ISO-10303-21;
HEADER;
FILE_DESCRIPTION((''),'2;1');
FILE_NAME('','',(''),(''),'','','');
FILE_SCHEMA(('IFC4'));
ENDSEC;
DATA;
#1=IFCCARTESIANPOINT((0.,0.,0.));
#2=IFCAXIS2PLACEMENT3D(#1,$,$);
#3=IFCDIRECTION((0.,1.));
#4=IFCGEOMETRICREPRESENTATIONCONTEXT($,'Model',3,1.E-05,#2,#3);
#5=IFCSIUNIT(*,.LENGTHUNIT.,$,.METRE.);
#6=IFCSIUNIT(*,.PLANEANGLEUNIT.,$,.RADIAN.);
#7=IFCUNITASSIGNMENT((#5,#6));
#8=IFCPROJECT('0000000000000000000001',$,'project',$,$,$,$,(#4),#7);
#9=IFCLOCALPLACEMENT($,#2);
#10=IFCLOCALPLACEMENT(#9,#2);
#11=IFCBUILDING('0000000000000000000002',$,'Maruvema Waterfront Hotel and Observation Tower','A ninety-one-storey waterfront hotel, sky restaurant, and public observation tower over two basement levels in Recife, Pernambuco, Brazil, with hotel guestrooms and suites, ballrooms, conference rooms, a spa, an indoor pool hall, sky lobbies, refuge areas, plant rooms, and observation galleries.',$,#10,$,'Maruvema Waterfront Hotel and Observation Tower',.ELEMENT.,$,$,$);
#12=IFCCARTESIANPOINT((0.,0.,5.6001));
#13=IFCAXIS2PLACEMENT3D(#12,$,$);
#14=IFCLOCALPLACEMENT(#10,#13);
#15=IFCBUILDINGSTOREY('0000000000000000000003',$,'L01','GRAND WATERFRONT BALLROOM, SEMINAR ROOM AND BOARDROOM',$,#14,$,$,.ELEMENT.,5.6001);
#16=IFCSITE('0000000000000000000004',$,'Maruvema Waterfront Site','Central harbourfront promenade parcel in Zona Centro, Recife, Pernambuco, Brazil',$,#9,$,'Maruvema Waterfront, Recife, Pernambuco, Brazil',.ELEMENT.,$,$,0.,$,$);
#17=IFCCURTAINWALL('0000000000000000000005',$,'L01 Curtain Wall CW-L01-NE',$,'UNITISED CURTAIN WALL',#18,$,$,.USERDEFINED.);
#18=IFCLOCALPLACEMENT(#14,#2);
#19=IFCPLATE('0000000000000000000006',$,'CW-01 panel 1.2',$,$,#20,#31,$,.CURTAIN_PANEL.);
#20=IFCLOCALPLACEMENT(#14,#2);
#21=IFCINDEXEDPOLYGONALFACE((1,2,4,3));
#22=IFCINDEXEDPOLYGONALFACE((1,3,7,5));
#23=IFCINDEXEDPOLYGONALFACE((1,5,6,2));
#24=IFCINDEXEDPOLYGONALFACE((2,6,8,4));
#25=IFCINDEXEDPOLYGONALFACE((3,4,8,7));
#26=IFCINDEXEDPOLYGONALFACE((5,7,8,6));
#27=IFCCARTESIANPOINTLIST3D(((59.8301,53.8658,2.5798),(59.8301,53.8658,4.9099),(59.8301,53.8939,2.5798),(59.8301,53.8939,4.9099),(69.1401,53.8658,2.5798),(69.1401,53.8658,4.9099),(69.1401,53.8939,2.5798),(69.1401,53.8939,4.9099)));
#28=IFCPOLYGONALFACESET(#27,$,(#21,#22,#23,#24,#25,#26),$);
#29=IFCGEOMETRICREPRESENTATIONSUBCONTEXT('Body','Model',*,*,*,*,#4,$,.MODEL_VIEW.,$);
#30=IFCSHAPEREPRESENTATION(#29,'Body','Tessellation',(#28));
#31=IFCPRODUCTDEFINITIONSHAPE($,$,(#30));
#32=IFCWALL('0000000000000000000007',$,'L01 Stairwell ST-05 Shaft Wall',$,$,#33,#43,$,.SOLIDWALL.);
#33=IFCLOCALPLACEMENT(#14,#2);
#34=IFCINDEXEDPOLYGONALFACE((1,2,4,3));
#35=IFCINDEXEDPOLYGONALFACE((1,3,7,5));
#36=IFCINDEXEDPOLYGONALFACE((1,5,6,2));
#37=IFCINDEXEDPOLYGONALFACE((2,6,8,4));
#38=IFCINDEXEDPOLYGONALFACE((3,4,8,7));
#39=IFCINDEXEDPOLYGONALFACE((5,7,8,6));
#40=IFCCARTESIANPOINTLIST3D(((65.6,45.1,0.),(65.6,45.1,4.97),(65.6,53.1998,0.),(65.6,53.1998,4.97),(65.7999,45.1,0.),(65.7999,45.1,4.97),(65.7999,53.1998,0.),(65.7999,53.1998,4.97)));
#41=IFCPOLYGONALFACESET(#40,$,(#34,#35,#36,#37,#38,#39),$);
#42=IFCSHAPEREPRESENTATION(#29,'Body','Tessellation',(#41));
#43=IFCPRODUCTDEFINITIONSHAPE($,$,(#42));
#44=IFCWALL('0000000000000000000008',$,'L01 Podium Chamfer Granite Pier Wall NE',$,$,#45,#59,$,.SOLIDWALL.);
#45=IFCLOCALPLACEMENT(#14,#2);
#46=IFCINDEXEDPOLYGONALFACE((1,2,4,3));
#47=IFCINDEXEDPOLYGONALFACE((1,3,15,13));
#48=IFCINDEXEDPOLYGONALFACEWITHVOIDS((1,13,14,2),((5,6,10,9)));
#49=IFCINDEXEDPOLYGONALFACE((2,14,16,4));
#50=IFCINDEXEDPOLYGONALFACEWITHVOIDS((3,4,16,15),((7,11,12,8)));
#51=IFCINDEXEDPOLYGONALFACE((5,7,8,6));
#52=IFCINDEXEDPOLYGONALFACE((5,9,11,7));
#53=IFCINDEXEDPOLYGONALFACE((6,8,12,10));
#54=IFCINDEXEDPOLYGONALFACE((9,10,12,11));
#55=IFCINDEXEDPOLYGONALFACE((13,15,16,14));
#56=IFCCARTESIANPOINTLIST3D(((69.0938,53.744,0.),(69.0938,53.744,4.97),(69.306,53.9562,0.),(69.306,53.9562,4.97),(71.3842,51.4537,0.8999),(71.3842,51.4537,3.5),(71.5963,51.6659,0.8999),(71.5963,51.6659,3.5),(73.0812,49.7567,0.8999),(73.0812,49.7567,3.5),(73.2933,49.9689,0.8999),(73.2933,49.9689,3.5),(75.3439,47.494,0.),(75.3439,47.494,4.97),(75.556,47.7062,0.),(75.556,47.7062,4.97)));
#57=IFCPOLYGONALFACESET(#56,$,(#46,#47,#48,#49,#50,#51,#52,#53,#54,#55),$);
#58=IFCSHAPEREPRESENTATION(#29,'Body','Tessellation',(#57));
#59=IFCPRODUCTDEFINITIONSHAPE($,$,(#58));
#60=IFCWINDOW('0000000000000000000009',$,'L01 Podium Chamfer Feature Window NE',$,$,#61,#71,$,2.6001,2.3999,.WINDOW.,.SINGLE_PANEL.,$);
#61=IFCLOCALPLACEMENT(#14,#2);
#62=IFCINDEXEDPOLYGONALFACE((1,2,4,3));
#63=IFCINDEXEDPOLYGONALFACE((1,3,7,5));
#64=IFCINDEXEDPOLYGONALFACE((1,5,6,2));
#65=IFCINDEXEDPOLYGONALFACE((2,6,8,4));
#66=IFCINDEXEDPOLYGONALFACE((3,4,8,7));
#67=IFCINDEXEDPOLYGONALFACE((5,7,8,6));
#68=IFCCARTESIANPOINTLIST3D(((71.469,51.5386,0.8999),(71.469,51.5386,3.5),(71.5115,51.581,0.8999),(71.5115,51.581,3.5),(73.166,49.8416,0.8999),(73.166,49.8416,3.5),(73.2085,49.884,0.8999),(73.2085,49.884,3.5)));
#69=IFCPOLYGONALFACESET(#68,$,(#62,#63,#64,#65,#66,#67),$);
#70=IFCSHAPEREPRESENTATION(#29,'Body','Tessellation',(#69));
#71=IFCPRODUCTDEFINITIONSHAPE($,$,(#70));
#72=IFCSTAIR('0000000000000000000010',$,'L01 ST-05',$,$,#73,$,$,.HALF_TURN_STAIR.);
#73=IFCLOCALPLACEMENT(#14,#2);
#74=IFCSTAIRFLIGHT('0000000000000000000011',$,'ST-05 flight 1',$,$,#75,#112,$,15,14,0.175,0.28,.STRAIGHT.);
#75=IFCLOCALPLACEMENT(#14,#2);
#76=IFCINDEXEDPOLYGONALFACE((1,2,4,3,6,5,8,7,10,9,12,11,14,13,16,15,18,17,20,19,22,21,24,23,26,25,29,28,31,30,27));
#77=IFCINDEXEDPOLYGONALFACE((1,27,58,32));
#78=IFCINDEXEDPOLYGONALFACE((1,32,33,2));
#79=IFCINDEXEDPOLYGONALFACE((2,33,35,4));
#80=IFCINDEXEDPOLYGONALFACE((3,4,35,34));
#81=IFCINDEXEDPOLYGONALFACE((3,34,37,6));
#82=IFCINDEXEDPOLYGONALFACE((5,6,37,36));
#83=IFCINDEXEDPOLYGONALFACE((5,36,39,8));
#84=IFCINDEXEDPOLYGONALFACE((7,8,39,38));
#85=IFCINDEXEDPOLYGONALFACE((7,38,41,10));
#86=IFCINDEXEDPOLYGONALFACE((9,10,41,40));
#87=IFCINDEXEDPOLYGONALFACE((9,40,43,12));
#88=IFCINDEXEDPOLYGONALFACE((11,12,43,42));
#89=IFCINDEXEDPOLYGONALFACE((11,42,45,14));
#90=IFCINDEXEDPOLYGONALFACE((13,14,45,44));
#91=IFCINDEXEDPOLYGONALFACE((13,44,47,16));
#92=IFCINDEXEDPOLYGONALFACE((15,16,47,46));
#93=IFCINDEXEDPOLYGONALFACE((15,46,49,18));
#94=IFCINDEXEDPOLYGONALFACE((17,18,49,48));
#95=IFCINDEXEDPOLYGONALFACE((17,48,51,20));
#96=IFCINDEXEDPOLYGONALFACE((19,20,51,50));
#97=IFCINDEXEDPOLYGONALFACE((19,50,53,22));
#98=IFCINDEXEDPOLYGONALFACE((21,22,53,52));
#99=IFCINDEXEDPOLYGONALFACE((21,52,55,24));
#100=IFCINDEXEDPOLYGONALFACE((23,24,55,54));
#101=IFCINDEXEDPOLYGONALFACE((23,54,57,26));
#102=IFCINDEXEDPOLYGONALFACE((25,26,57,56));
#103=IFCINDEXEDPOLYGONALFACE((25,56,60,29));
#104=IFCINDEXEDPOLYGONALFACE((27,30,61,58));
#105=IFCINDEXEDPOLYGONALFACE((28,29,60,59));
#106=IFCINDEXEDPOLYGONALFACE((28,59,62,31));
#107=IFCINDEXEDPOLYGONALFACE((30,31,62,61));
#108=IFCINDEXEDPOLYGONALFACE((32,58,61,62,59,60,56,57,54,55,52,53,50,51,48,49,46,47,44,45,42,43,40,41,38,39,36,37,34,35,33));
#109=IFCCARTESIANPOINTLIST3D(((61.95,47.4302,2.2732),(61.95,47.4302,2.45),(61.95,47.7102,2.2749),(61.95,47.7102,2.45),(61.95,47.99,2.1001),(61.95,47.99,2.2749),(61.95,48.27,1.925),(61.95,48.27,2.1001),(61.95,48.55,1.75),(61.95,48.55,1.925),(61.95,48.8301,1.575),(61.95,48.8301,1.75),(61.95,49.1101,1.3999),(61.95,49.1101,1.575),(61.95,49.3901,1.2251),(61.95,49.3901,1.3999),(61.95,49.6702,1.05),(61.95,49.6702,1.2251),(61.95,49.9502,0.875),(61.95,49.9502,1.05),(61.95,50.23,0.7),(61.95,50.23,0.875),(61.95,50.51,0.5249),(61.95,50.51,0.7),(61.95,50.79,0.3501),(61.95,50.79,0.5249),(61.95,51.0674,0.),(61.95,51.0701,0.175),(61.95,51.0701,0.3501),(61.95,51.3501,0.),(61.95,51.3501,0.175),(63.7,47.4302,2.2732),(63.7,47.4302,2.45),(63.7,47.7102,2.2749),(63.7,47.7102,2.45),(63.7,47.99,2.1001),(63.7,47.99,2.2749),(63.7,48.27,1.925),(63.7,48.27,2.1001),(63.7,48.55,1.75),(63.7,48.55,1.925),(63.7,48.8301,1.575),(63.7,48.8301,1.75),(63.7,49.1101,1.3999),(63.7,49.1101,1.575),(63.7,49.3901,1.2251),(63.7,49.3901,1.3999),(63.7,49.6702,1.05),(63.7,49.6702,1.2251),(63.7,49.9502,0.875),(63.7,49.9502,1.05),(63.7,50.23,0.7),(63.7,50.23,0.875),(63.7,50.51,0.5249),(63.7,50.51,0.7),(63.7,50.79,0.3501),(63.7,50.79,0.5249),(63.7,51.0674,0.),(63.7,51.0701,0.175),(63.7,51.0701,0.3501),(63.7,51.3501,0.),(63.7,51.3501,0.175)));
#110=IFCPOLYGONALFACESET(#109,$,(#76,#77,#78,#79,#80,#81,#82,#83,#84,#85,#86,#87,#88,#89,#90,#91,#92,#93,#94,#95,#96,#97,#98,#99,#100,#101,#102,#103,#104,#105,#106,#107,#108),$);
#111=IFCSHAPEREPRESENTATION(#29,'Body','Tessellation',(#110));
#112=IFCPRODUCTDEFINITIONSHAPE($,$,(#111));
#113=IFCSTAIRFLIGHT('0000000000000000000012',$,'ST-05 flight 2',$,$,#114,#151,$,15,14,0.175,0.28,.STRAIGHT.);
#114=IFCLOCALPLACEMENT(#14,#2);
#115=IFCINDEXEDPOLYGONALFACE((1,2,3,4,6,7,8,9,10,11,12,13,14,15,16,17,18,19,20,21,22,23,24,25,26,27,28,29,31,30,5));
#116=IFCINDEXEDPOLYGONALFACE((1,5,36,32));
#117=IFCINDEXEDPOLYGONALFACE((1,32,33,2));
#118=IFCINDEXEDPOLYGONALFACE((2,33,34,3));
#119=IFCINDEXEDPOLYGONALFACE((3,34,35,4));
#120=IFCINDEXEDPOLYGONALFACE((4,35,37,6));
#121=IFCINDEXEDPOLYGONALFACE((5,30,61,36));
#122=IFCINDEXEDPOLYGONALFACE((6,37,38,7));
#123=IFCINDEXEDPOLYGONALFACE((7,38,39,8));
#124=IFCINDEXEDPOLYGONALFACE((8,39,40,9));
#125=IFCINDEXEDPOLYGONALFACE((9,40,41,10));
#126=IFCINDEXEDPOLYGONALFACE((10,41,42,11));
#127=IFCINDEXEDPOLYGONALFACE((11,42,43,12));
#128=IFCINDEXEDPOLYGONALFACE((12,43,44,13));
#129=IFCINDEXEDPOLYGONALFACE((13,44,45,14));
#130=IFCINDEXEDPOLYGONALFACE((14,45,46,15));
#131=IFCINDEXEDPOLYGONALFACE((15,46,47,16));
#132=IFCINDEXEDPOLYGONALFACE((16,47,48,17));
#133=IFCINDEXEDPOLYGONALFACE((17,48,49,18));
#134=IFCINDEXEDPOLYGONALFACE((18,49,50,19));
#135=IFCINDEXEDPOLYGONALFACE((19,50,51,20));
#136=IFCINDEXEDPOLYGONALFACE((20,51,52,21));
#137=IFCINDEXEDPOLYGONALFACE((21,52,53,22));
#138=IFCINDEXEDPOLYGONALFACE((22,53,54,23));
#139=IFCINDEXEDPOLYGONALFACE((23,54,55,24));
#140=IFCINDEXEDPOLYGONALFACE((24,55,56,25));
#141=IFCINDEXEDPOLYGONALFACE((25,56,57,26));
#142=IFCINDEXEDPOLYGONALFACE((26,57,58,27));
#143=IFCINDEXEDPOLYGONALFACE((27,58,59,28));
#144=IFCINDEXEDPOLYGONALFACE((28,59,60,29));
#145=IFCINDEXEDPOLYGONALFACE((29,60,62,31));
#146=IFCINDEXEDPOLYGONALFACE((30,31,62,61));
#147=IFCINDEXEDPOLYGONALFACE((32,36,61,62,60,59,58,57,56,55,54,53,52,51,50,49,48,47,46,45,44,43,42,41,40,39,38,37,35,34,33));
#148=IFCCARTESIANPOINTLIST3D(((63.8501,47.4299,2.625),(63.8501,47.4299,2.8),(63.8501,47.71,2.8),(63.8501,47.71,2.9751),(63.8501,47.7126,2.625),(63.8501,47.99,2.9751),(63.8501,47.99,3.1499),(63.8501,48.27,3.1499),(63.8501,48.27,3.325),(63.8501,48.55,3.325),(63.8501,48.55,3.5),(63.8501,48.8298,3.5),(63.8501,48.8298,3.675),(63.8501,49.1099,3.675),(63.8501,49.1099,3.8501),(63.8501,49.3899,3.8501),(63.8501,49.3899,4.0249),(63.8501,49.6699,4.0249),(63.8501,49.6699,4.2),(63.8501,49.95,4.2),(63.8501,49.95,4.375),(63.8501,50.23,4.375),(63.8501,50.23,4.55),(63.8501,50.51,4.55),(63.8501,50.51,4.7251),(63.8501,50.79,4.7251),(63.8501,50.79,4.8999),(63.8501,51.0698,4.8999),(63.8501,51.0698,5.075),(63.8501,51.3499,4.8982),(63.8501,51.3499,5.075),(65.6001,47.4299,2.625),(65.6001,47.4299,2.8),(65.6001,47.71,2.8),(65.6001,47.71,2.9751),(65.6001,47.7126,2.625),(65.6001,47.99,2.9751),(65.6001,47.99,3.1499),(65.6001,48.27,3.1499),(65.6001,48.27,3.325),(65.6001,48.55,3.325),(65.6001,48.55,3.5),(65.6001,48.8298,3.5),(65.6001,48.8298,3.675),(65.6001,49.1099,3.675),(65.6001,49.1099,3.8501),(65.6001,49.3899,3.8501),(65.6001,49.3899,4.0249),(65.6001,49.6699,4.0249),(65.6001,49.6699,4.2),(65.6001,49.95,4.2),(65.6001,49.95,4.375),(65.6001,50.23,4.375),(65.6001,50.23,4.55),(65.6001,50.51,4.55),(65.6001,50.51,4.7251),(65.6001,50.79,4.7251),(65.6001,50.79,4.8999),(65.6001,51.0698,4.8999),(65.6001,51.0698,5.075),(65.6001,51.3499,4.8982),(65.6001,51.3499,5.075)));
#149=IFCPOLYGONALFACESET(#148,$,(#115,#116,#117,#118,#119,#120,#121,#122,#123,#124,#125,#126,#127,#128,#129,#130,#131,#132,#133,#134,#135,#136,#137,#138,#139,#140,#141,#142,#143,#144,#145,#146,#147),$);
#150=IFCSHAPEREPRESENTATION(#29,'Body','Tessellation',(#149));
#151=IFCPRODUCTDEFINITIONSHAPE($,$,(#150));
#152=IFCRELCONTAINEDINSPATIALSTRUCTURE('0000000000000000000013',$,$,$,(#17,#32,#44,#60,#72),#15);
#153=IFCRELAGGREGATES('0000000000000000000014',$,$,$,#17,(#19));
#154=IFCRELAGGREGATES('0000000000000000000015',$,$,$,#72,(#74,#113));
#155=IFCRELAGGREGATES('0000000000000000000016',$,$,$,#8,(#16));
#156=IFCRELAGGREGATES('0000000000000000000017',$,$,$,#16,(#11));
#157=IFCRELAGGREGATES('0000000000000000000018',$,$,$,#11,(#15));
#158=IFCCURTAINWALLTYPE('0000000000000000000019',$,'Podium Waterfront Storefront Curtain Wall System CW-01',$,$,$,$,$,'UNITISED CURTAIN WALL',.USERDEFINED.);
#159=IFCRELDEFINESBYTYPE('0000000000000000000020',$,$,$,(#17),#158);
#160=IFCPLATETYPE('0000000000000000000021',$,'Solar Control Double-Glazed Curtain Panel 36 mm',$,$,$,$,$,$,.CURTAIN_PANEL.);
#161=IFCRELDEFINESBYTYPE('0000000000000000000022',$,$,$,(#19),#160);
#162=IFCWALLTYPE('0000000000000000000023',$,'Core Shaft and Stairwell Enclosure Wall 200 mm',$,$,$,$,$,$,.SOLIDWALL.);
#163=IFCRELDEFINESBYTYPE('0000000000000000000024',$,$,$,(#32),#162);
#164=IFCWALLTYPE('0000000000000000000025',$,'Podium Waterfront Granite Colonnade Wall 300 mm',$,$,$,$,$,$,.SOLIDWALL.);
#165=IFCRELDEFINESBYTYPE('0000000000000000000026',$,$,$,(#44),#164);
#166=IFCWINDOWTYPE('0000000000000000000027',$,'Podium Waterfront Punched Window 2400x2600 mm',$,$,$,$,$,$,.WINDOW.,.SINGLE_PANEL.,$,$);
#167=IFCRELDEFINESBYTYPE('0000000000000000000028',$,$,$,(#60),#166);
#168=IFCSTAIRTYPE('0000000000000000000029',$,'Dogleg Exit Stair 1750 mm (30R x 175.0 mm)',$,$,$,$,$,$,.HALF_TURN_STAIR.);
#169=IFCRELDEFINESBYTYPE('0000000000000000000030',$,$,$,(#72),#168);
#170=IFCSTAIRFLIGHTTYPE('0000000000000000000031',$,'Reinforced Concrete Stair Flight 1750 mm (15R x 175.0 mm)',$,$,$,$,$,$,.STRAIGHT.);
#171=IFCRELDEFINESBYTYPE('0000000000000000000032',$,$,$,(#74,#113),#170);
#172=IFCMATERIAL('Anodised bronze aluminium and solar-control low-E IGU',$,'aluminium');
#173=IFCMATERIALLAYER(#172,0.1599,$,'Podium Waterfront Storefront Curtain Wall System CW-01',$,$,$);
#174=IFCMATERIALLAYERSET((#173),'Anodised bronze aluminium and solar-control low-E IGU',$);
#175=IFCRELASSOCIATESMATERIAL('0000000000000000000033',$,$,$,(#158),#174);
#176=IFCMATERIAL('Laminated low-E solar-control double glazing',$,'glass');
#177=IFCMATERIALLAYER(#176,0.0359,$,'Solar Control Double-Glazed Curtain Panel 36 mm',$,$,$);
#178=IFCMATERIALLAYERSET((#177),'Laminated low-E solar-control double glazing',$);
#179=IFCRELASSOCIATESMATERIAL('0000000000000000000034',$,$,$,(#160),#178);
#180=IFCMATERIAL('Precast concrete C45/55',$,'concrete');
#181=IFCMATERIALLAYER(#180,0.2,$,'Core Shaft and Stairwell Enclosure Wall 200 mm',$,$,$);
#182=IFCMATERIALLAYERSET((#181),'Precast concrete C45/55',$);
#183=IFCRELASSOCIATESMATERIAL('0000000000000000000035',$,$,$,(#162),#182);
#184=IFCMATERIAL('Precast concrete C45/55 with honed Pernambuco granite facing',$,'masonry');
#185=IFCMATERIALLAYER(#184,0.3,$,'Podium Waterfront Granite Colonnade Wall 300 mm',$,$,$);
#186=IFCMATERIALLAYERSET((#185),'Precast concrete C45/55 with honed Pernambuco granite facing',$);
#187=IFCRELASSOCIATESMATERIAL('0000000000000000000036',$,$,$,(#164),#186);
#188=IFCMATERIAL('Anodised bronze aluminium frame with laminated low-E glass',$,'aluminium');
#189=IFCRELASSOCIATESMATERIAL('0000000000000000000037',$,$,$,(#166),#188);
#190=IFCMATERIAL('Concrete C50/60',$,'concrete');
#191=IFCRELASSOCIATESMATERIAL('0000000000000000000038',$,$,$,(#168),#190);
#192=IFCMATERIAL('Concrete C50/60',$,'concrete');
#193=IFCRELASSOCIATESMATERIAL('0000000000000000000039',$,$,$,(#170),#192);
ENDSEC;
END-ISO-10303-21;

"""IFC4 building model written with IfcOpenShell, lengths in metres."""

from ifc_helpers import new_model, si_unit, direction, frame, frame_2d, origin, origin_2d, place, context, subcontext, project, spatial, polyline, rectangle, outline, extrude, material, layer, layer_set, type_object, element, fill, aggregate, save


model = new_model("IFC4")

# Units and contexts
model_context = context("Model", 3, precision=1e-05, world=origin(), true_north=direction((0.0, 1.0)))
body_context = subcontext(model_context, "Body", "Model", "MODEL_VIEW")
ifc_project = project(units=[si_unit("LENGTHUNIT", "METRE"), si_unit("PLANEANGLEUNIT", "RADIAN")], contexts=[model_context])

# Site, building, storey
site_placement = place(None, origin())
site = spatial("IfcSite", under=ifc_project, at=site_placement, Name="Maruvema Waterfront Site", Description="Central harbourfront promenade parcel in Zona Centro, Recife, Pernambuco, Brazil", LongName="Maruvema Waterfront, Recife, Pernambuco, Brazil", CompositionType="ELEMENT", RefElevation=0.0)
building_placement = place(site_placement, origin())
building = spatial("IfcBuilding", under=site, at=building_placement, Name="Maruvema Waterfront Hotel and Observation Tower", Description="A ninety-one-storey waterfront hotel, sky restaurant, and public observation tower over two basement levels in Recife, Pernambuco, Brazil, with hotel guestrooms and suites, ballrooms, conference rooms, a spa, an indoor pool hall, sky lobbies, refuge areas, plant rooms, and observation galleries.", LongName="Maruvema Waterfront Hotel and Observation Tower", CompositionType="ELEMENT")
storey_placement = place(building_placement, frame((0.0, 0.0, 5.6001)))
storey = spatial("IfcBuildingStorey", under=building, at=storey_placement, Name="L01", Description="GRAND WATERFRONT BALLROOM, SEMINAR ROOM AND BOARDROOM", CompositionType="ELEMENT", Elevation=5.6001)

# Curtain wall
ifc_material_1 = material(Name="Anodised bronze aluminium and solar-control low-E IGU", Category="aluminium")
ifc_layer_1 = layer(ifc_material_1, 0.1599, Name="Podium Waterfront Storefront Curtain Wall System CW-01")
ifc_layer_set_1 = layer_set([ifc_layer_1], Name="Anodised bronze aluminium and solar-control low-E IGU")
curtain_wall_type = type_object("IfcCurtainWallType", Name="Podium Waterfront Storefront Curtain Wall System CW-01", ElementType="UNITISED CURTAIN WALL", PredefinedType="USERDEFINED", material=ifc_layer_set_1)
curtain_wall_1_placement = place(storey_placement, origin())
curtain_wall_1 = element("IfcCurtainWall", 1, at=curtain_wall_1_placement, inside=storey, type_object=curtain_wall_type, Name="L01 Curtain Wall CW-L01-NE", ObjectType="UNITISED CURTAIN WALL", PredefinedType="USERDEFINED")

# Plate
ifc_material_2 = material(Name="Laminated low-E solar-control double glazing", Category="glass")
ifc_layer_2 = layer(ifc_material_2, 0.0359, Name="Solar Control Double-Glazed Curtain Panel 36 mm")
ifc_layer_set_2 = layer_set([ifc_layer_2], Name="Laminated low-E solar-control double glazing")
plate_type = type_object("IfcPlateType", Name="Solar Control Double-Glazed Curtain Panel 36 mm", PredefinedType="CURTAIN_PANEL", material=ifc_layer_set_2)
plate_1_placement = place(storey_placement, frame((64.4851, 53.8799, 2.5798), z_axis=(0.0, 0.0, 1.0), x_axis=(-1.0, 0.0, 0.0)))
plate_1 = element("IfcPlate", 2, at=plate_1_placement, type_object=plate_type, Name="CW-01 panel 1.2", PredefinedType="CURTAIN_PANEL", context=body_context, shape_type="SweptSolid", body=[
    extrude(rectangle(XDim=9.3101, YDim=0.0281, at=origin_2d()), origin(), (0.0, 0.0, 1.0), 2.3301),
])
aggregate(curtain_wall_1, [plate_1])

# Wall
ifc_material_3 = material(Name="Precast concrete C45/55", Category="concrete")
ifc_layer_3 = layer(ifc_material_3, 0.2, Name="Core Shaft and Stairwell Enclosure Wall 200 mm")
ifc_layer_set_3 = layer_set([ifc_layer_3], Name="Precast concrete C45/55")
wall_type_1 = type_object("IfcWallType", Name="Core Shaft and Stairwell Enclosure Wall 200 mm", PredefinedType="SOLIDWALL", material=ifc_layer_set_3)
wall_1_placement = place(storey_placement, frame((65.7, 45.1001, 0.0), z_axis=(0.0, 0.0, 1.0), x_axis=(0.0, 1.0, 0.0)))
element("IfcWall", 3, at=wall_1_placement, inside=storey, type_object=wall_type_1, Name="L01 Stairwell ST-05 Shaft Wall", PredefinedType="SOLIDWALL", context=body_context, shape_type="SweptSolid", body=[
    extrude(rectangle(XDim=8.0999, YDim=0.2, at=frame_2d((4.0498, 0.0))), origin(), (0.0, 0.0, 1.0), 4.97),
])

# Wall, opening, window
ifc_material_4 = material(Name="Precast concrete C45/55 with honed Pernambuco granite facing", Category="masonry")
ifc_layer_4 = layer(ifc_material_4, 0.3, Name="Podium Waterfront Granite Colonnade Wall 300 mm")
ifc_layer_set_4 = layer_set([ifc_layer_4], Name="Precast concrete C45/55 with honed Pernambuco granite facing")
wall_type_2 = type_object("IfcWallType", Name="Podium Waterfront Granite Colonnade Wall 300 mm", PredefinedType="SOLIDWALL", material=ifc_layer_set_4)
wall_2_placement = place(storey_placement, frame((75.45, 47.6001, 0.0), z_axis=(0.0, 0.0, 1.0), x_axis=(-0.707107, 0.707107, 0.0)))
wall_2 = element("IfcWall", 4, at=wall_2_placement, inside=storey, type_object=wall_type_2, Name="L01 Podium Chamfer Granite Pier Wall NE", PredefinedType="SOLIDWALL", context=body_context, shape_type="SweptSolid", body=[
    extrude(rectangle(XDim=8.8389, YDim=0.3, at=frame_2d((4.4194, 0.0))), origin(), (0.0, 0.0, 1.0), 4.97),
])
opening_placement = place(wall_2_placement, frame((3.2, 0.0, 0.8999)))
opening = element("IfcOpeningElement", 5, at=opening_placement, cuts=wall_2, PredefinedType="OPENING", context=body_context, shape_type="SweptSolid", body=[
    extrude(rectangle(XDim=2.3999, YDim=2.6001, at=frame_2d((1.2, 1.3))), frame((0.0, 0.1602, 0.0), z_axis=(0.0, -1.0, 0.0), x_axis=(1.0, 0.0, 0.0)), (0.0, 0.0, 1.0), 0.3201),
])
ifc_material_5 = material(Name="Anodised bronze aluminium frame with laminated low-E glass", Category="aluminium")
window_type = type_object("IfcWindowType", Name="Podium Waterfront Punched Window 2400x2600 mm", PartitioningType="SINGLE_PANEL", PredefinedType="WINDOW", material=ifc_material_5)
window_placement = place(opening_placement, origin())
window = element("IfcWindow", 6, at=window_placement, inside=storey, type_object=window_type, Name="L01 Podium Chamfer Feature Window NE", OverallHeight=2.6001, OverallWidth=2.3999, PartitioningType="SINGLE_PANEL", PredefinedType="WINDOW", context=body_context, shape_type="SweptSolid", body=[
    extrude(rectangle(XDim=2.3999, YDim=2.6001, at=frame_2d((1.2, 1.3))), frame((0.0, 0.03, 0.0), z_axis=(0.0, -1.0, 0.0), x_axis=(1.0, 0.0, 0.0)), (0.0, 0.0, 1.0), 0.0601),
])
fill(opening, window)

# Stair, stair flights
ifc_material_6 = material(Name="Concrete C50/60", Category="concrete")
stair_type = type_object("IfcStairType", Name="Dogleg Exit Stair 1750 mm (30R x 175.0 mm)", PredefinedType="HALF_TURN_STAIR", material=ifc_material_6)
stair_placement = place(storey_placement, origin())
stair = element("IfcStair", 7, at=stair_placement, inside=storey, type_object=stair_type, Name="L01 ST-05", PredefinedType="HALF_TURN_STAIR")
ifc_material_7 = material(Name="Concrete C50/60", Category="concrete")
stair_flight_type = type_object("IfcStairFlightType", Name="Reinforced Concrete Stair Flight 1750 mm (15R x 175.0 mm)", PredefinedType="STRAIGHT", material=ifc_material_7)
stair_flight_1_placement = place(storey_placement, frame((62.825, 51.3501, 0.0), z_axis=(0.0, 0.0, 1.0), x_axis=(0.0, -1.0, 0.0)))
stair_flight_1 = element("IfcStairFlight", 8, at=stair_flight_1_placement, type_object=stair_flight_type, Name="ST-05 flight 1", NumberOfRisers=15, NumberOfTreads=14, PredefinedType="STRAIGHT", RiserHeight=0.175, TreadLength=0.28, context=body_context, shape_type="SweptSolid", body=[
    extrude(outline(polyline([(0.0, 0.0), (0.0, 0.175), (0.28, 0.175), (0.28, 0.3501), (0.5601, 0.3501), (0.5601, 0.5249), (0.8401, 0.5249), (0.8401, 0.7), (1.1201, 0.7), (1.1201, 0.875), (1.3999, 0.875), (1.3999, 1.05), (1.6799, 1.05), (1.6799, 1.2251), (1.96, 1.2251), (1.96, 1.3999), (2.24, 1.3999), (2.24, 1.575), (2.52, 1.575), (2.52, 1.75), (2.8, 1.75), (2.8, 1.925), (3.0801, 1.925), (3.0801, 2.1001), (3.3601, 2.1001), (3.3601, 2.2749), (3.6399, 2.2749), (3.6399, 2.45), (3.9199, 2.45), (3.9199, 2.625), (3.9199, 2.2732), (0.2827, 0.0), (0.0, 0.0)])), frame((0.0, 0.875, 0.0), z_axis=(0.0, -1.0, 0.0), x_axis=(1.0, 0.0, 0.0)), (0.0, 0.0, 1.0), 1.75),
])
stair_flight_2_placement = place(storey_placement, frame((64.7251, 47.4299, 2.625), z_axis=(0.0, 0.0, 1.0), x_axis=(0.0, 1.0, 0.0)))
stair_flight_2 = element("IfcStairFlight", 9, at=stair_flight_2_placement, type_object=stair_flight_type, Name="ST-05 flight 2", NumberOfRisers=15, NumberOfTreads=14, PredefinedType="STRAIGHT", RiserHeight=0.175, TreadLength=0.28, context=body_context, shape_type="SweptSolid", body=[
    extrude(outline(polyline([(0.0, 0.0), (0.0, 0.175), (0.28, 0.175), (0.28, 0.3501), (0.5601, 0.3501), (0.5601, 0.5249), (0.8401, 0.5249), (0.8401, 0.7), (1.1201, 0.7), (1.1201, 0.875), (1.3999, 0.875), (1.3999, 1.05), (1.6799, 1.05), (1.6799, 1.2251), (1.96, 1.2251), (1.96, 1.3999), (2.24, 1.3999), (2.24, 1.575), (2.52, 1.575), (2.52, 1.75), (2.8, 1.75), (2.8, 1.925), (3.0801, 1.925), (3.0801, 2.1001), (3.3601, 2.1001), (3.3601, 2.2749), (3.6399, 2.2749), (3.6399, 2.45), (3.9199, 2.45), (3.9199, 2.625), (3.9199, 2.2732), (0.2827, 0.0), (0.0, 0.0)])), frame((0.0, 0.875, 0.0), z_axis=(0.0, -1.0, 0.0), x_axis=(1.0, 0.0, 0.0)), (0.0, 0.0, 1.0), 1.75),
])
aggregate(stair, [stair_flight_1, stair_flight_2])

save(model, "model.ifc")
